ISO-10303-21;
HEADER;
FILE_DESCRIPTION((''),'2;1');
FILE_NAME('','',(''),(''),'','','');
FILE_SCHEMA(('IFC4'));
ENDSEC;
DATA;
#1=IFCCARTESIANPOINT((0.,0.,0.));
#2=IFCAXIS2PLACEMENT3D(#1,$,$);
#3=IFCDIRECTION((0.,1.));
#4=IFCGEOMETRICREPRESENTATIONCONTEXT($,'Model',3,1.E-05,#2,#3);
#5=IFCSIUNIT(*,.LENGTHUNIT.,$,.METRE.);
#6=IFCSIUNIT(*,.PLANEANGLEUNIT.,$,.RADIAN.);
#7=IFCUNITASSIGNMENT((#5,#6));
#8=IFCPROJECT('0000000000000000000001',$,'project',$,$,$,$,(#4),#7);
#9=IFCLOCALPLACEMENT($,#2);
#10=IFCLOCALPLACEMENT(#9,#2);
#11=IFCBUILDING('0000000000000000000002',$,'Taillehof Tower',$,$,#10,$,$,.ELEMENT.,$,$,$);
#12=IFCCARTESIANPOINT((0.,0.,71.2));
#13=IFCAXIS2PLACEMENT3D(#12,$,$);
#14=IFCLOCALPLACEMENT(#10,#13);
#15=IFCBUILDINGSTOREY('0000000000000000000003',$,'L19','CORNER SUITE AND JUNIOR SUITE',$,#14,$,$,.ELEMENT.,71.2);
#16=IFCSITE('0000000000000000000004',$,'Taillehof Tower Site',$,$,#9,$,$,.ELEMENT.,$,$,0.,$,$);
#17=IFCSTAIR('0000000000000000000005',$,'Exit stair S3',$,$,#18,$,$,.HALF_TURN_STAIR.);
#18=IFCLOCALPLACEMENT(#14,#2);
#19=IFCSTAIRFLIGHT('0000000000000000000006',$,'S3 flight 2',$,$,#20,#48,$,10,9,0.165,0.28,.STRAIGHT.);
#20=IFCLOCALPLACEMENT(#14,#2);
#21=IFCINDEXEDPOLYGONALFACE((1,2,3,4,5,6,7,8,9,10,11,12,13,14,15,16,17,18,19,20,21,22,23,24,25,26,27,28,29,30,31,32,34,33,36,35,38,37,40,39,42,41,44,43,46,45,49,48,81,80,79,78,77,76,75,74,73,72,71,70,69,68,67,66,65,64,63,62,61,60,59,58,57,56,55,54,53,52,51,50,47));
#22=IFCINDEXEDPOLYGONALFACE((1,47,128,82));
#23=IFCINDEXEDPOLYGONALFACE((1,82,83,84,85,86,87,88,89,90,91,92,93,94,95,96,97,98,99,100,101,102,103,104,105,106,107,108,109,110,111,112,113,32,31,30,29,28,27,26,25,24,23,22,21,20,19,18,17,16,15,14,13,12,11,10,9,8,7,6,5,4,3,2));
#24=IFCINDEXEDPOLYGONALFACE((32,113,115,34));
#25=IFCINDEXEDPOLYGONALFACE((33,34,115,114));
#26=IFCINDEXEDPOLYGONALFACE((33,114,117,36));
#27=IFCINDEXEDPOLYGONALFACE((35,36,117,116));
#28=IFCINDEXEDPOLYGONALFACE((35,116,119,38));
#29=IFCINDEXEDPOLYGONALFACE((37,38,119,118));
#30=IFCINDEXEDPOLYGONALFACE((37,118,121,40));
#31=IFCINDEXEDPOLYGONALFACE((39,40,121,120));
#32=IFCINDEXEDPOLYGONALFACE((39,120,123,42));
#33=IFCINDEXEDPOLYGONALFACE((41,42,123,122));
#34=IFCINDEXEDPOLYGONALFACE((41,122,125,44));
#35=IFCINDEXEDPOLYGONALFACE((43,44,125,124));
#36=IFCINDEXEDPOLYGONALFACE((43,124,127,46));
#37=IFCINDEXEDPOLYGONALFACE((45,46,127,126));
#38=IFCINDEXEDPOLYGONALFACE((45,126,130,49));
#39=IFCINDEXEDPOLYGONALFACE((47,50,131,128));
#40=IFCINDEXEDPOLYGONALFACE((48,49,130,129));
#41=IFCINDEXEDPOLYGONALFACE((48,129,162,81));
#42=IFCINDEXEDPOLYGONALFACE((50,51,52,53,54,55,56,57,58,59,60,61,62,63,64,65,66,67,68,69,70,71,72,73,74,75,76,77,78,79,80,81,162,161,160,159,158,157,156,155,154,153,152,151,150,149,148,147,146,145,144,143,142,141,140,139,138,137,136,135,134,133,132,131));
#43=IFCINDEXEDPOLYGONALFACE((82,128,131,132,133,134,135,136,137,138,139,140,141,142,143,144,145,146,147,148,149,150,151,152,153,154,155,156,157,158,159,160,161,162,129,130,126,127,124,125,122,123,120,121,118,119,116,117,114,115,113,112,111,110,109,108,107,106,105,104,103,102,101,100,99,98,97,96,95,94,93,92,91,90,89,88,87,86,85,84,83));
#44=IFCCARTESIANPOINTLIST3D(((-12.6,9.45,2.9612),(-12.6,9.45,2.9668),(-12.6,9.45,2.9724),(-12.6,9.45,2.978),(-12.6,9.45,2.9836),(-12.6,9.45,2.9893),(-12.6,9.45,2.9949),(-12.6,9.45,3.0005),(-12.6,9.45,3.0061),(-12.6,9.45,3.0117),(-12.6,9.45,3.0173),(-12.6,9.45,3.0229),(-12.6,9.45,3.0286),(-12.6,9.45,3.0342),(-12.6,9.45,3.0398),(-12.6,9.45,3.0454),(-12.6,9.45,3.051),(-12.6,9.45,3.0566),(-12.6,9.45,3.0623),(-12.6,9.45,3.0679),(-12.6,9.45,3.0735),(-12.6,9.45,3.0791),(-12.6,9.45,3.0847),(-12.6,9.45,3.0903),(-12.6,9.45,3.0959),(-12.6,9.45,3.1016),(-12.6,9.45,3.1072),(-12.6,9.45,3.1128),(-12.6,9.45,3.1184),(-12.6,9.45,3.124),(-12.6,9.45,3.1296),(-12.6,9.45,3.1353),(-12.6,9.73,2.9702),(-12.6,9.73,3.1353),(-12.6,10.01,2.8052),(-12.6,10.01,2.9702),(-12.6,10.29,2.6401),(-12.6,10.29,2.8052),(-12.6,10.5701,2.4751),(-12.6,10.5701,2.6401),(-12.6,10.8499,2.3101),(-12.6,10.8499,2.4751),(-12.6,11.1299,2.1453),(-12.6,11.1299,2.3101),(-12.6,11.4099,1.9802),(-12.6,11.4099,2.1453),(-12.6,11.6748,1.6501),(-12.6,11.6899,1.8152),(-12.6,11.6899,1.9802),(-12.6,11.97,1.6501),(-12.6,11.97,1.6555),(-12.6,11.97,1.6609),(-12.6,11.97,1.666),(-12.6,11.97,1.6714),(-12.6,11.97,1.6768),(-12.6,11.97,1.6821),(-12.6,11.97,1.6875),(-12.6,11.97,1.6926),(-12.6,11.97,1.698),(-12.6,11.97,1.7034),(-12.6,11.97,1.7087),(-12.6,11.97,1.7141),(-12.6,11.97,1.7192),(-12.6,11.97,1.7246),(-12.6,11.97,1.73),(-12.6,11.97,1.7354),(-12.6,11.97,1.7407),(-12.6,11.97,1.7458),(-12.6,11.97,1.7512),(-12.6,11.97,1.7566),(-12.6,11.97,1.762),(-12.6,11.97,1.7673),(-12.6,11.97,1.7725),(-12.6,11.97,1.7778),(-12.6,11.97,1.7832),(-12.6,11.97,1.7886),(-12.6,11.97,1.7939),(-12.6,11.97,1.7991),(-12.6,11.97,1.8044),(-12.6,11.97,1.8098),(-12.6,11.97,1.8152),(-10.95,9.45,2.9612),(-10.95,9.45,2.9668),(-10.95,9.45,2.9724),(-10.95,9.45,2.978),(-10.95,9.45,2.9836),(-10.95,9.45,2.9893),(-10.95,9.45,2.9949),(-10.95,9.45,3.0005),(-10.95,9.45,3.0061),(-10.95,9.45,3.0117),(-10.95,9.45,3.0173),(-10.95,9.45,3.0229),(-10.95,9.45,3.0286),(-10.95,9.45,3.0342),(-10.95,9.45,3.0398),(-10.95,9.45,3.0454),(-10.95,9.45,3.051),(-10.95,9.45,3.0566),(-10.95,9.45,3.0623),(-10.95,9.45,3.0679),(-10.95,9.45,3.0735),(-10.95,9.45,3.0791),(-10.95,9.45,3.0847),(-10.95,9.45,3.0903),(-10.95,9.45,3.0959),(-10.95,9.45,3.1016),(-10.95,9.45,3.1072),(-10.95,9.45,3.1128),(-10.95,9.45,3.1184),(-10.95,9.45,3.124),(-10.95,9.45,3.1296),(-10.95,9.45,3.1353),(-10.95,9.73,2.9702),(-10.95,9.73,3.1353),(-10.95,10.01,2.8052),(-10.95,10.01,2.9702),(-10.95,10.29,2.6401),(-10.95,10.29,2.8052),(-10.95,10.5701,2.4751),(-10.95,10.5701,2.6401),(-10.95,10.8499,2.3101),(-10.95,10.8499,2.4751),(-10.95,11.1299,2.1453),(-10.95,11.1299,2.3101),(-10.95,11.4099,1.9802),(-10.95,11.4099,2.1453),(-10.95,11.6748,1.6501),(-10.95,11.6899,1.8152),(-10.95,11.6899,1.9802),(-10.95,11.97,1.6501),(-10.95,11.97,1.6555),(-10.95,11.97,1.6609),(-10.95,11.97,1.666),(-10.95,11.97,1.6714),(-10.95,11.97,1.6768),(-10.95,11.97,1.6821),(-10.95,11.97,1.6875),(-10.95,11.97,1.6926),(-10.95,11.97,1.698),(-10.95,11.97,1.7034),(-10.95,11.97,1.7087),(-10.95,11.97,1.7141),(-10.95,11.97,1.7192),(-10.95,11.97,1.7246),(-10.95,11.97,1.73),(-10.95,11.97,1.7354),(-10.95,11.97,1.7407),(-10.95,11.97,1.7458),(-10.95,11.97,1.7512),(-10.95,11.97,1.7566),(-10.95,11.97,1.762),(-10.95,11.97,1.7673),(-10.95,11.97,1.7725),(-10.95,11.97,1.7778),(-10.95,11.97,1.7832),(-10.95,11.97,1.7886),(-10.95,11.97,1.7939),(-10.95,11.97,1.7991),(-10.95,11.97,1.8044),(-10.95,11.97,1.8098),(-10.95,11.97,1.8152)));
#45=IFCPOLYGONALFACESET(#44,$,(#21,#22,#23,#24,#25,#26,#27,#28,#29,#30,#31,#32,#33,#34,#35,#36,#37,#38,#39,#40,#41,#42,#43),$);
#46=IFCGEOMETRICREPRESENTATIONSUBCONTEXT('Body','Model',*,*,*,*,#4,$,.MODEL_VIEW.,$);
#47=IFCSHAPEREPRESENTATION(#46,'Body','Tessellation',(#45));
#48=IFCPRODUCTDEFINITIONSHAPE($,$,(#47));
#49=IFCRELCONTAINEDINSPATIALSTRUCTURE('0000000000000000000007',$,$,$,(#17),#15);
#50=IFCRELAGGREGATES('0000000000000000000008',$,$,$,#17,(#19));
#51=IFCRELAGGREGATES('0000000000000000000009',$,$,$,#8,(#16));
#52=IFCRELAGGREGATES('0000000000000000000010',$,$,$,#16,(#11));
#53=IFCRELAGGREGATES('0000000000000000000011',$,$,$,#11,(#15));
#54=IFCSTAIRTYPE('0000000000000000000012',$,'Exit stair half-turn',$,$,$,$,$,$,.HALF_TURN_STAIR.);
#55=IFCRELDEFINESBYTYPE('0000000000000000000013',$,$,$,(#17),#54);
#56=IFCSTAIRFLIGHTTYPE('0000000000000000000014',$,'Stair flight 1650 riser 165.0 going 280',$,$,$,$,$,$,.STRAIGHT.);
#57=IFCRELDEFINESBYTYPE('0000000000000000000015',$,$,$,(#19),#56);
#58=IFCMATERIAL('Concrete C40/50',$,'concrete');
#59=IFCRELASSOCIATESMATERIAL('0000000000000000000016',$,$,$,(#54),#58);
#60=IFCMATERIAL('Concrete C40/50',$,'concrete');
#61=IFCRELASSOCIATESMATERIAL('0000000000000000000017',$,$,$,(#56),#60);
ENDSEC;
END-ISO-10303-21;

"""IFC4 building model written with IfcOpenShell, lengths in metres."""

from ifc_helpers import new_model, si_unit, direction, frame, origin, place, context, subcontext, project, spatial, polyline, outline, extrude, material, type_object, element, aggregate, save


model = new_model("IFC4")

# Units and contexts
model_context = context("Model", 3, precision=1e-05, world=origin(), true_north=direction((0.0, 1.0)))
body_context = subcontext(model_context, "Body", "Model", "MODEL_VIEW")
ifc_project = project(units=[si_unit("LENGTHUNIT", "METRE"), si_unit("PLANEANGLEUNIT", "RADIAN")], contexts=[model_context])

# Site, building, storey
site_placement = place(None, origin())
site = spatial("IfcSite", under=ifc_project, at=site_placement, Name="Taillehof Tower Site", CompositionType="ELEMENT", RefElevation=0.0)
building_placement = place(site_placement, origin())
building = spatial("IfcBuilding", under=site, at=building_placement, Name="Taillehof Tower", CompositionType="ELEMENT")
storey_placement = place(building_placement, frame((0.0, 0.0, 71.2)))
storey = spatial("IfcBuildingStorey", under=building, at=storey_placement, Name="L19", Description="CORNER SUITE AND JUNIOR SUITE", CompositionType="ELEMENT", Elevation=71.2)

# Stair, stair flight
ifc_material_1 = material(Name="Concrete C40/50", Category="concrete")
stair_type = type_object("IfcStairType", Name="Exit stair half-turn", PredefinedType="HALF_TURN_STAIR", material=ifc_material_1)
stair_placement = place(storey_placement, origin())
stair = element("IfcStair", 1, at=stair_placement, inside=storey, type_object=stair_type, Name="Exit stair S3", PredefinedType="HALF_TURN_STAIR")
ifc_material_2 = material(Name="Concrete C40/50", Category="concrete")
stair_flight_type = type_object("IfcStairFlightType", Name="Stair flight 1650 riser 165.0 going 280", PredefinedType="STRAIGHT", material=ifc_material_2)
stair_flight_1_placement = place(storey_placement, frame((-11.7749, 11.97, 1.6501), z_axis=(0.0, 0.0, 1.0), x_axis=(0.0, -1.0, 0.0)))
stair_flight_1 = element("IfcStairFlight", 2, at=stair_flight_1_placement, type_object=stair_flight_type, Name="S3 flight 2", NumberOfRisers=10, NumberOfTreads=9, PredefinedType="STRAIGHT", RiserHeight=0.165, TreadLength=0.28, context=body_context, shape_type="SweptSolid", body=[
    extrude(outline(polyline([(0.0, 0.0), (0.0, 0.0054), (0.0, 0.0107), (0.0, 0.0159), (0.0, 0.0212), (0.0, 0.0266), (0.0, 0.032), (0.0, 0.0374), (0.0, 0.0425), (0.0, 0.0479), (0.0, 0.0532), (0.0, 0.0586), (0.0, 0.064), (0.0, 0.0691), (0.0, 0.0745), (0.0, 0.0798), (0.0, 0.0852), (0.0, 0.0906), (0.0, 0.0957), (0.0, 0.1011), (0.0, 0.1064), (0.0, 0.1118), (0.0, 0.1172), (0.0, 0.1223), (0.0, 0.1277), (0.0, 0.1331), (0.0, 0.1384), (0.0, 0.1438), (0.0, 0.1489), (0.0, 0.1543), (0.0, 0.1597), (0.0, 0.165), (0.28, 0.165), (0.28, 0.3301), (0.5601, 0.3301), (0.5601, 0.4951), (0.8401, 0.4951), (0.8401, 0.6599), (1.1201, 0.6599), (1.1201, 0.825), (1.3999, 0.825), (1.3999, 0.99), (1.6799, 0.99), (1.6799, 1.155), (1.96, 1.155), (1.96, 1.3201), (2.24, 1.3201), (2.24, 1.4851), (2.52, 1.4851), (2.52, 1.4795), (2.52, 1.4739), (2.52, 1.4683), (2.52, 1.4626), (2.52, 1.457), (2.52, 1.4514), (2.52, 1.4458), (2.52, 1.4402), (2.52, 1.4346), (2.52, 1.429), (2.52, 1.4233), (2.52, 1.4177), (2.52, 1.4121), (2.52, 1.4065), (2.52, 1.4009), (2.52, 1.3953), (2.52, 1.3896), (2.52, 1.384), (2.52, 1.3784), (2.52, 1.3728), (2.52, 1.3672), (2.52, 1.3616), (2.52, 1.356), (2.52, 1.3503), (2.52, 1.3447), (2.52, 1.3391), (2.52, 1.3335), (2.52, 1.3279), (2.52, 1.3223), (2.52, 1.3167), (2.52, 1.311), (0.2952, 0.0), (0.0, 0.0)])), frame((0.0, 0.825, 0.0), z_axis=(0.0, -1.0, 0.0), x_axis=(1.0, 0.0, 0.0)), (0.0, 0.0, 1.0), 1.65),
])
aggregate(stair, [stair_flight_1])

save(model, "model.ifc")
